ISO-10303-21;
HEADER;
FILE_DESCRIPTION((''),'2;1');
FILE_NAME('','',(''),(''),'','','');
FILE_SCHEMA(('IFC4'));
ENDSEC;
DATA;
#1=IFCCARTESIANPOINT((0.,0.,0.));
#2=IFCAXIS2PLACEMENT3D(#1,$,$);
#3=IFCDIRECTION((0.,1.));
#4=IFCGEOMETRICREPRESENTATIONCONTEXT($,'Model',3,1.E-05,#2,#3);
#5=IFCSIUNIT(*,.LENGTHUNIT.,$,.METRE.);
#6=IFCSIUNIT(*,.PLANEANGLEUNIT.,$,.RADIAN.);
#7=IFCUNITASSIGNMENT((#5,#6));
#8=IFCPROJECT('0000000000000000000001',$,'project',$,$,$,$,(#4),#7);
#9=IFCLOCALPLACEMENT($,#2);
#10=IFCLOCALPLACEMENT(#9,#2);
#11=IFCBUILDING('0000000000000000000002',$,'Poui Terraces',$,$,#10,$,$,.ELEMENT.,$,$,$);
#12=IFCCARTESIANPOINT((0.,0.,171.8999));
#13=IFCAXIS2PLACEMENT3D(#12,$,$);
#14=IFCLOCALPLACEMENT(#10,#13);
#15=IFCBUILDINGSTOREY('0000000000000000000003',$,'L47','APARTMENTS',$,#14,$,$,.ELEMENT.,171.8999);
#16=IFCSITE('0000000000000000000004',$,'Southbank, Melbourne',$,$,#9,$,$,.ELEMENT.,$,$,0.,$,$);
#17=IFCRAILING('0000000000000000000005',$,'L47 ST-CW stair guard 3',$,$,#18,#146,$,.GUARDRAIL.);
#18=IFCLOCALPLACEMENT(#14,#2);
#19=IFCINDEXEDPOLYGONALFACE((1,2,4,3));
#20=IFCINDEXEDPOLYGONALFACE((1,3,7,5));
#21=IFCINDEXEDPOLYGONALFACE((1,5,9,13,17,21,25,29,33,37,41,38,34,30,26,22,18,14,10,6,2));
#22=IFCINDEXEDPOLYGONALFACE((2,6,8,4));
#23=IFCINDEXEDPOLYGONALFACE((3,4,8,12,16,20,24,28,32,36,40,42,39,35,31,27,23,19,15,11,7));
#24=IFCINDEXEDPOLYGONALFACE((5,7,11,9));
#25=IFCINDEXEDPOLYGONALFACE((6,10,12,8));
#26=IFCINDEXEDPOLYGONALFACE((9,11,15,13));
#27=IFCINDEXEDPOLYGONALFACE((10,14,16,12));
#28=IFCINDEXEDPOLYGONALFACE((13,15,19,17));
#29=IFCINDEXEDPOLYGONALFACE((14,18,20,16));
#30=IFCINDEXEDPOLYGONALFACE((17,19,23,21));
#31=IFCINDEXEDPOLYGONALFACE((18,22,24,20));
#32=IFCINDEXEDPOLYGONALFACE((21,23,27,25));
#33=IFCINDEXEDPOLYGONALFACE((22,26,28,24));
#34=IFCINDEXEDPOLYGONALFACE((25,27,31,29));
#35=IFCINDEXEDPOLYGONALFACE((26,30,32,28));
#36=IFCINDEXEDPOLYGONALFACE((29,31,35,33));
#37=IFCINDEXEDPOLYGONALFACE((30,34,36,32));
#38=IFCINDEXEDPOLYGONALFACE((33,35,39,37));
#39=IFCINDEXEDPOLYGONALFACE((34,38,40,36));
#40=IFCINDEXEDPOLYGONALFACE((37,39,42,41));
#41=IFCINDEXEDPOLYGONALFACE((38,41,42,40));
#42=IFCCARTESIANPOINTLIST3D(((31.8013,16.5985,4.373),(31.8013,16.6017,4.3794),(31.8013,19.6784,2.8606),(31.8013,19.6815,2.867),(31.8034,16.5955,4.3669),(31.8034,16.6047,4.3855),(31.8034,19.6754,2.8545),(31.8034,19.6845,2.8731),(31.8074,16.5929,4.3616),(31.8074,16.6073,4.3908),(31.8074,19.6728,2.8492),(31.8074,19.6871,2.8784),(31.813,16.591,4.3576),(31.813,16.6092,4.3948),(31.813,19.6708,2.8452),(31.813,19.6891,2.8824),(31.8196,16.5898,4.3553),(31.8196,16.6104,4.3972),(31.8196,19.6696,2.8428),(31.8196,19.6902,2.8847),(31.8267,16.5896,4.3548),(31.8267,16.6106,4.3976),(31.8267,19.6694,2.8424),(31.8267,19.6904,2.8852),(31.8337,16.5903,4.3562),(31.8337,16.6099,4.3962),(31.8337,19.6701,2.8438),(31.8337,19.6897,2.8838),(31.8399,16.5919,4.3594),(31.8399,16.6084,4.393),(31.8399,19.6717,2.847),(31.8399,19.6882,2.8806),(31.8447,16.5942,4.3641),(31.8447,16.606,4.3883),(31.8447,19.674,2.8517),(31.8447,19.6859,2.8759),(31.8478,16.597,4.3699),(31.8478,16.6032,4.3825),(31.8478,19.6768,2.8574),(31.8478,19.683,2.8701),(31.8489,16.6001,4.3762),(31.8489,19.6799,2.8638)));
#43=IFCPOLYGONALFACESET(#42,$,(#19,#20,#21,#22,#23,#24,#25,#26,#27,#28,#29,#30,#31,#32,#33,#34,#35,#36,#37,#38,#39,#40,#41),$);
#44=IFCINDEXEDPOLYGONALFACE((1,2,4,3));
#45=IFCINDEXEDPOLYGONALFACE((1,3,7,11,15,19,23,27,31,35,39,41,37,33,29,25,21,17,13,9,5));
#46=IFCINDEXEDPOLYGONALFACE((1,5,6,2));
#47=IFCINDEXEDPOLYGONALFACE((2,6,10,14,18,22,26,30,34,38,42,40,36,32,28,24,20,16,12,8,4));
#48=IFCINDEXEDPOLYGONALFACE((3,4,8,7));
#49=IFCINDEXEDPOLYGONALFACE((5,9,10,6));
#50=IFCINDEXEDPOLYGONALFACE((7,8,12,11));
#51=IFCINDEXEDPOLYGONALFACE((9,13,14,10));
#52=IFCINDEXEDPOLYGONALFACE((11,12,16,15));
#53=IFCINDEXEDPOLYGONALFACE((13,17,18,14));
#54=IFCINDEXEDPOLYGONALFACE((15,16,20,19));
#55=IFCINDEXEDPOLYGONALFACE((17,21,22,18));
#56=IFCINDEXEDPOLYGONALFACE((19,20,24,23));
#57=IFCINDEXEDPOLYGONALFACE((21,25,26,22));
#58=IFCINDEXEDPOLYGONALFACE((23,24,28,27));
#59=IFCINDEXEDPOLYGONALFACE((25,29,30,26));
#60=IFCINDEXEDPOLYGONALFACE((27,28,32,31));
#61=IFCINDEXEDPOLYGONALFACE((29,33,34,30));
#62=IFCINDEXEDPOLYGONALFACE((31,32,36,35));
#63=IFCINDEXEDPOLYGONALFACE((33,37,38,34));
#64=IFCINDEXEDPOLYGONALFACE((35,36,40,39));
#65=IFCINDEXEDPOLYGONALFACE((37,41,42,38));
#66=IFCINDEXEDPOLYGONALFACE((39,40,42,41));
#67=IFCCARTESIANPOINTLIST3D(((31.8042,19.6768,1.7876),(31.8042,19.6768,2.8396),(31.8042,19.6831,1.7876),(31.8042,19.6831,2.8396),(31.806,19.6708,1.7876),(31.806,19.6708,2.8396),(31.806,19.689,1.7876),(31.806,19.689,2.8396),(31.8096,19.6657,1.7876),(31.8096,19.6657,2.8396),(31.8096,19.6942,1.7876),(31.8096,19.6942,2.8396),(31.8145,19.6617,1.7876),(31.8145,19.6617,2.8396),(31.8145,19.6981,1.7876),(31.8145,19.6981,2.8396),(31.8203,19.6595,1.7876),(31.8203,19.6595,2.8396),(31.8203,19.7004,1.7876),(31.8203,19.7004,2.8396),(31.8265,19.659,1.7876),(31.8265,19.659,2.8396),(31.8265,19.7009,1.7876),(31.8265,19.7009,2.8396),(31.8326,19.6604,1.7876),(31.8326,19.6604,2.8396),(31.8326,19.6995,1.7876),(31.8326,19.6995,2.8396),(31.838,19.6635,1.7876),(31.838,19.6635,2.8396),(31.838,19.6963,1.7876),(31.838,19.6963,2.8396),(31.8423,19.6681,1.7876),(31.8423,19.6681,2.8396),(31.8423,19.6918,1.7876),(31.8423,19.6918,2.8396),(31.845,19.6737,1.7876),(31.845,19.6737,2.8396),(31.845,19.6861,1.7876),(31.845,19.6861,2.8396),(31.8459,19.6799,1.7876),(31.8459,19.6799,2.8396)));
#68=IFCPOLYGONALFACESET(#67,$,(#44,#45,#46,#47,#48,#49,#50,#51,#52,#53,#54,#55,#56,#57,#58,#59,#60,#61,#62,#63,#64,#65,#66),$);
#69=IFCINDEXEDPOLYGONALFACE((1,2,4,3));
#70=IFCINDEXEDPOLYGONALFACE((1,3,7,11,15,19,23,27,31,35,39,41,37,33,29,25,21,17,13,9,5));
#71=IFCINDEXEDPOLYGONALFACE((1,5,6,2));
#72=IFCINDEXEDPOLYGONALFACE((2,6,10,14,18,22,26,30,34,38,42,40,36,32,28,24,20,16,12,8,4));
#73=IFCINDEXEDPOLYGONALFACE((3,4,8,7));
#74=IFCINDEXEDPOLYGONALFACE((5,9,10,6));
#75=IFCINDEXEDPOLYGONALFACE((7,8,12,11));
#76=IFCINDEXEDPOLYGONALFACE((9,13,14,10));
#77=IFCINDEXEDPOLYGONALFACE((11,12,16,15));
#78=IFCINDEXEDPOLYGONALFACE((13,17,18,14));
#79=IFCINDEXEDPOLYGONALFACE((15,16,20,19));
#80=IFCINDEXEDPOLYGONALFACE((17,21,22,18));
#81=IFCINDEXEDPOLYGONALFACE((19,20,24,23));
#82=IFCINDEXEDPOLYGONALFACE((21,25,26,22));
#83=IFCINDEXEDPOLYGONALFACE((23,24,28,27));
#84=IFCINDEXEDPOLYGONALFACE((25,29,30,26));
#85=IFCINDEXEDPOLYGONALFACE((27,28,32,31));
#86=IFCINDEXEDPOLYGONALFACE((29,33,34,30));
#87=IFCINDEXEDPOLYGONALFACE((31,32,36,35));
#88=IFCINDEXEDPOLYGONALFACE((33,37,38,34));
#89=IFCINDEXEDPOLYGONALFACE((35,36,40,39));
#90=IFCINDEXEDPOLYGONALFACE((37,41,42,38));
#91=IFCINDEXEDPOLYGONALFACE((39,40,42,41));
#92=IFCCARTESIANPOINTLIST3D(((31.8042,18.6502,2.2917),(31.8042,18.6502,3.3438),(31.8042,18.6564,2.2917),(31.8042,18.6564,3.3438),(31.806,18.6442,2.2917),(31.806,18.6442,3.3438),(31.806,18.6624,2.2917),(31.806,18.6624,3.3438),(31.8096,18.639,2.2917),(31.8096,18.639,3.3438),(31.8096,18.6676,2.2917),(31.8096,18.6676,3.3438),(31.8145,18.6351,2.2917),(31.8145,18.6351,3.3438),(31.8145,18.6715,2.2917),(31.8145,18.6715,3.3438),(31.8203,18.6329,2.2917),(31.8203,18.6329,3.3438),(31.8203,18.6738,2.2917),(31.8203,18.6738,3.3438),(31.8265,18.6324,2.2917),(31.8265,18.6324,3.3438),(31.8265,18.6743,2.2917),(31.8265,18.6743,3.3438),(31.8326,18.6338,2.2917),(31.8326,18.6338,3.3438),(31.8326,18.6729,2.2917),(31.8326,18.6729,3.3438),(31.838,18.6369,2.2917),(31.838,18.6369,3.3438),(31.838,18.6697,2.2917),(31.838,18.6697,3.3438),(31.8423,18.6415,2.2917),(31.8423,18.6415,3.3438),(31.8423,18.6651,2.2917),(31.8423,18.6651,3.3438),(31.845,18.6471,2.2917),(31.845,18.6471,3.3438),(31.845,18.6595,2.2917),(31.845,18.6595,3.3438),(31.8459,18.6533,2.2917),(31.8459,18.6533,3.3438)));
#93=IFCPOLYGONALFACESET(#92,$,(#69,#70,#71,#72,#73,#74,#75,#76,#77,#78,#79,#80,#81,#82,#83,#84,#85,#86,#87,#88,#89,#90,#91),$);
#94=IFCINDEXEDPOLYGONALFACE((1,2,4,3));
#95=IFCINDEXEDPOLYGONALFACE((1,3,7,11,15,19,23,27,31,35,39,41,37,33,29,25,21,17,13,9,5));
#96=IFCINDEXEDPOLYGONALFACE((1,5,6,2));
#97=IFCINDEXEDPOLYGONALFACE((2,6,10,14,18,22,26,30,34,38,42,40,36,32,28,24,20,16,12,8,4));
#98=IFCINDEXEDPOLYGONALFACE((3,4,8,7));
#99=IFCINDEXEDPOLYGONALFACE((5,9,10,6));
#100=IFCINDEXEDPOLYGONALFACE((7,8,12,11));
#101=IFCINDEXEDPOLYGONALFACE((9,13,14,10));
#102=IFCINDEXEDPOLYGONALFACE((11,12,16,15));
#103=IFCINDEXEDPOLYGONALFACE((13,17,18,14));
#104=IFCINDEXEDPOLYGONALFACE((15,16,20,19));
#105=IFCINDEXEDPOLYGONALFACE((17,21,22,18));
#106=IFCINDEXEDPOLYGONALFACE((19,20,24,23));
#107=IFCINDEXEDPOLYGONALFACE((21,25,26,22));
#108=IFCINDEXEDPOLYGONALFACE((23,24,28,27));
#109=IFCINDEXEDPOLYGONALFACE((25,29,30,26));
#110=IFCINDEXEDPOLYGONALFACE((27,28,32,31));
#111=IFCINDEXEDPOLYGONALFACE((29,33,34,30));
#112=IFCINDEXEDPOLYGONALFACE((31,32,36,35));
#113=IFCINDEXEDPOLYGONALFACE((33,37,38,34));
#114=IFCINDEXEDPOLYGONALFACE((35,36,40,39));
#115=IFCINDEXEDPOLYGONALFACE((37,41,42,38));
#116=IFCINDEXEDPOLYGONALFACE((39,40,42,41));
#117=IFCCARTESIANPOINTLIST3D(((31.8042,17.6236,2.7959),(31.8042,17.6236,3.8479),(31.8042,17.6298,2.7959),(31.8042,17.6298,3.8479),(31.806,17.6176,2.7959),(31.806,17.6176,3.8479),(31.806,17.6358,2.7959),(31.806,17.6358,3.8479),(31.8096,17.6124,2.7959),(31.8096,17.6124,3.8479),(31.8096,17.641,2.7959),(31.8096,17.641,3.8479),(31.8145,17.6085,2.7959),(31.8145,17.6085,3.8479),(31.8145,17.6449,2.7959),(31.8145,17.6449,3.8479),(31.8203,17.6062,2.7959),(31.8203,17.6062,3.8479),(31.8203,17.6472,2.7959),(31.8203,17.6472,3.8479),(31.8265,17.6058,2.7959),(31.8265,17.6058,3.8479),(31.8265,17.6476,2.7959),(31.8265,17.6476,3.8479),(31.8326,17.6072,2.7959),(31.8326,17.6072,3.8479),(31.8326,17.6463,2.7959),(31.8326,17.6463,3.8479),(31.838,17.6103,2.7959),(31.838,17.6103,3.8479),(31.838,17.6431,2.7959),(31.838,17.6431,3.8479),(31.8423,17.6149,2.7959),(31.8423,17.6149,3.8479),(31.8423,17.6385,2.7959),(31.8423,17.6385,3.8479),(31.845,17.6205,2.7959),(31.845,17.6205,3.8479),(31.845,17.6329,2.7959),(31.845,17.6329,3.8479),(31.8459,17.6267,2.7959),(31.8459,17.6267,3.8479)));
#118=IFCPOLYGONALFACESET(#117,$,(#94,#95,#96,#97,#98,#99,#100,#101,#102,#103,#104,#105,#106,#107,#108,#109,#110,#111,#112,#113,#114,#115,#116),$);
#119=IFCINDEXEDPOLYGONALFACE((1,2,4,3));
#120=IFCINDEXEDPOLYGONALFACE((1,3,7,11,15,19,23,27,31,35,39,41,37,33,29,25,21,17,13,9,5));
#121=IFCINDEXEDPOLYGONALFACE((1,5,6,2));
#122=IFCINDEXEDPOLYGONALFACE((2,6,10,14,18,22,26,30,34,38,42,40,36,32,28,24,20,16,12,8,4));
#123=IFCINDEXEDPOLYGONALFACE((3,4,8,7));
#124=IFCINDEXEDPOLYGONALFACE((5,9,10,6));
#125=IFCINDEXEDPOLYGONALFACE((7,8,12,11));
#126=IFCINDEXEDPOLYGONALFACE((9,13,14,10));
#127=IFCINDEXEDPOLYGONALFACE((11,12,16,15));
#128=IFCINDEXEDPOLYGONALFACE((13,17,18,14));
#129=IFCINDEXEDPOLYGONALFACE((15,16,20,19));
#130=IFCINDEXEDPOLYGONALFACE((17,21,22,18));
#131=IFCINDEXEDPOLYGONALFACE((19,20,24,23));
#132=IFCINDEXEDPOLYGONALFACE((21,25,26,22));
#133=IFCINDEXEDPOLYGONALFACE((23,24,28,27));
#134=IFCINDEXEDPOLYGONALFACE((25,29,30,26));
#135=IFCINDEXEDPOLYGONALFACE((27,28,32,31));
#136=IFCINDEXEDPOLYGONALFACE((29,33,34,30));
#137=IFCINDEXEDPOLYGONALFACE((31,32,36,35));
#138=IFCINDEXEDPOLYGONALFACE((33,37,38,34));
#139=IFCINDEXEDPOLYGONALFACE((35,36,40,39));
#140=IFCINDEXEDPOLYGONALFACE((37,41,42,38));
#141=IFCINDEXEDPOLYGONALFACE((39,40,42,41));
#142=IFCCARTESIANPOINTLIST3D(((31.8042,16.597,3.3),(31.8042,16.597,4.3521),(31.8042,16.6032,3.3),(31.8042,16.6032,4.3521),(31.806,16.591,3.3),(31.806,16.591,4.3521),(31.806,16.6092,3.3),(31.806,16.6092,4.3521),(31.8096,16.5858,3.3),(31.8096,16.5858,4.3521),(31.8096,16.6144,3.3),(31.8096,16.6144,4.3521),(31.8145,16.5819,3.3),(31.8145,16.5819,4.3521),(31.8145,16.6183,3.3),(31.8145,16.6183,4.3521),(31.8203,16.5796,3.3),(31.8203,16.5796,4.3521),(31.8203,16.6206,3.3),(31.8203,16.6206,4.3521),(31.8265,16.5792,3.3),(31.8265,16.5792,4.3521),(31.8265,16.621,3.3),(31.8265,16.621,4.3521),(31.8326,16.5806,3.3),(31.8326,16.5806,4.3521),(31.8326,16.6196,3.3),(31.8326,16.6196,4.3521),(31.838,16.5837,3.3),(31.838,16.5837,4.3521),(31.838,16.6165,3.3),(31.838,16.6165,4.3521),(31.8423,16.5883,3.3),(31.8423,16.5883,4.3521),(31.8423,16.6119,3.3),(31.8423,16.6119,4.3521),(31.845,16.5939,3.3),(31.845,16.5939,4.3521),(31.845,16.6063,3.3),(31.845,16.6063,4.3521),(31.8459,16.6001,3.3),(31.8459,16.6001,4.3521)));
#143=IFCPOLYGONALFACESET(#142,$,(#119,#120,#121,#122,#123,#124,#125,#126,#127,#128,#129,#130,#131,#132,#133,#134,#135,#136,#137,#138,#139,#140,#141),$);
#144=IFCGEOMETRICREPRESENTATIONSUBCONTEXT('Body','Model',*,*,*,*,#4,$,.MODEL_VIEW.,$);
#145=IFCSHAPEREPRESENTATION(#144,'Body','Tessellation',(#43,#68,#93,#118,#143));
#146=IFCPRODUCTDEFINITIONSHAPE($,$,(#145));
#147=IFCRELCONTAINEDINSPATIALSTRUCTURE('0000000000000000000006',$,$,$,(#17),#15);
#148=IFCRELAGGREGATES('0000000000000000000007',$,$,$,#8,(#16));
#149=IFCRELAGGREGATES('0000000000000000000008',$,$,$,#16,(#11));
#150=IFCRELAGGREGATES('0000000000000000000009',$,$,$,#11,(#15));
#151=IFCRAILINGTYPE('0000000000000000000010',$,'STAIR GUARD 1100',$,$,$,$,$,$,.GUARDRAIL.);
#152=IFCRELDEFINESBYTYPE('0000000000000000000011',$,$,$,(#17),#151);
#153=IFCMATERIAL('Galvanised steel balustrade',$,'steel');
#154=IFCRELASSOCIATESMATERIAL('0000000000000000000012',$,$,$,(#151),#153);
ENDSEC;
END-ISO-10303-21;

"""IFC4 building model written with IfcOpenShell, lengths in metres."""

from ifc_helpers import new_model, si_unit, direction, frame, origin, origin_2d, place, context, subcontext, project, spatial, circle, extrude, material, type_object, element, save


model = new_model("IFC4")

# Units and contexts
model_context = context("Model", 3, precision=1e-05, world=origin(), true_north=direction((0.0, 1.0)))
body_context = subcontext(model_context, "Body", "Model", "MODEL_VIEW")
ifc_project = project(units=[si_unit("LENGTHUNIT", "METRE"), si_unit("PLANEANGLEUNIT", "RADIAN")], contexts=[model_context])

# Site, building, storey
site_placement = place(None, origin())
site = spatial("IfcSite", under=ifc_project, at=site_placement, Name="Southbank, Melbourne", CompositionType="ELEMENT", RefElevation=0.0)
building_placement = place(site_placement, origin())
building = spatial("IfcBuilding", under=site, at=building_placement, Name="Poui Terraces", CompositionType="ELEMENT")
storey_placement = place(building_placement, frame((0.0, 0.0, 171.8999)))
storey = spatial("IfcBuildingStorey", under=building, at=storey_placement, Name="L47", Description="APARTMENTS", CompositionType="ELEMENT", Elevation=171.8999)

# Railing
ifc_material_1 = material(Name="Galvanised steel balustrade", Category="steel")
railing_type = type_object("IfcRailingType", Name="STAIR GUARD 1100", PredefinedType="GUARDRAIL", material=ifc_material_1)
railing_1_placement = place(storey_placement, frame((31.825, 19.6799, 1.7876)))
element("IfcRailing", 1, at=railing_1_placement, inside=storey, type_object=railing_type, Name="L47 ST-CW stair guard 3", PredefinedType="GUARDRAIL", context=body_context, shape_type="SweptSolid", body=[
    extrude(circle(Radius=0.0239, at=origin_2d()), frame((0.0, 0.0, 1.0762), z_axis=(0.0, -0.897606, 0.440798), x_axis=(1.0, 0.0, 0.0)), (0.0, 0.0, 1.0), 3.4312),
    extrude(circle(Radius=0.021, at=origin_2d()), origin(), (0.0, 0.0, 1.0), 1.052),
    extrude(circle(Radius=0.021, at=origin_2d()), frame((0.0, -1.0266, 0.5042)), (0.0, 0.0, 1.0), 1.052),
    extrude(circle(Radius=0.021, at=origin_2d()), frame((0.0, -2.0532, 1.0083)), (0.0, 0.0, 1.0), 1.052),
    extrude(circle(Radius=0.021, at=origin_2d()), frame((0.0, -3.0798, 1.5125)), (0.0, 0.0, 1.0), 1.052),
])

save(model, "model.ifc")
